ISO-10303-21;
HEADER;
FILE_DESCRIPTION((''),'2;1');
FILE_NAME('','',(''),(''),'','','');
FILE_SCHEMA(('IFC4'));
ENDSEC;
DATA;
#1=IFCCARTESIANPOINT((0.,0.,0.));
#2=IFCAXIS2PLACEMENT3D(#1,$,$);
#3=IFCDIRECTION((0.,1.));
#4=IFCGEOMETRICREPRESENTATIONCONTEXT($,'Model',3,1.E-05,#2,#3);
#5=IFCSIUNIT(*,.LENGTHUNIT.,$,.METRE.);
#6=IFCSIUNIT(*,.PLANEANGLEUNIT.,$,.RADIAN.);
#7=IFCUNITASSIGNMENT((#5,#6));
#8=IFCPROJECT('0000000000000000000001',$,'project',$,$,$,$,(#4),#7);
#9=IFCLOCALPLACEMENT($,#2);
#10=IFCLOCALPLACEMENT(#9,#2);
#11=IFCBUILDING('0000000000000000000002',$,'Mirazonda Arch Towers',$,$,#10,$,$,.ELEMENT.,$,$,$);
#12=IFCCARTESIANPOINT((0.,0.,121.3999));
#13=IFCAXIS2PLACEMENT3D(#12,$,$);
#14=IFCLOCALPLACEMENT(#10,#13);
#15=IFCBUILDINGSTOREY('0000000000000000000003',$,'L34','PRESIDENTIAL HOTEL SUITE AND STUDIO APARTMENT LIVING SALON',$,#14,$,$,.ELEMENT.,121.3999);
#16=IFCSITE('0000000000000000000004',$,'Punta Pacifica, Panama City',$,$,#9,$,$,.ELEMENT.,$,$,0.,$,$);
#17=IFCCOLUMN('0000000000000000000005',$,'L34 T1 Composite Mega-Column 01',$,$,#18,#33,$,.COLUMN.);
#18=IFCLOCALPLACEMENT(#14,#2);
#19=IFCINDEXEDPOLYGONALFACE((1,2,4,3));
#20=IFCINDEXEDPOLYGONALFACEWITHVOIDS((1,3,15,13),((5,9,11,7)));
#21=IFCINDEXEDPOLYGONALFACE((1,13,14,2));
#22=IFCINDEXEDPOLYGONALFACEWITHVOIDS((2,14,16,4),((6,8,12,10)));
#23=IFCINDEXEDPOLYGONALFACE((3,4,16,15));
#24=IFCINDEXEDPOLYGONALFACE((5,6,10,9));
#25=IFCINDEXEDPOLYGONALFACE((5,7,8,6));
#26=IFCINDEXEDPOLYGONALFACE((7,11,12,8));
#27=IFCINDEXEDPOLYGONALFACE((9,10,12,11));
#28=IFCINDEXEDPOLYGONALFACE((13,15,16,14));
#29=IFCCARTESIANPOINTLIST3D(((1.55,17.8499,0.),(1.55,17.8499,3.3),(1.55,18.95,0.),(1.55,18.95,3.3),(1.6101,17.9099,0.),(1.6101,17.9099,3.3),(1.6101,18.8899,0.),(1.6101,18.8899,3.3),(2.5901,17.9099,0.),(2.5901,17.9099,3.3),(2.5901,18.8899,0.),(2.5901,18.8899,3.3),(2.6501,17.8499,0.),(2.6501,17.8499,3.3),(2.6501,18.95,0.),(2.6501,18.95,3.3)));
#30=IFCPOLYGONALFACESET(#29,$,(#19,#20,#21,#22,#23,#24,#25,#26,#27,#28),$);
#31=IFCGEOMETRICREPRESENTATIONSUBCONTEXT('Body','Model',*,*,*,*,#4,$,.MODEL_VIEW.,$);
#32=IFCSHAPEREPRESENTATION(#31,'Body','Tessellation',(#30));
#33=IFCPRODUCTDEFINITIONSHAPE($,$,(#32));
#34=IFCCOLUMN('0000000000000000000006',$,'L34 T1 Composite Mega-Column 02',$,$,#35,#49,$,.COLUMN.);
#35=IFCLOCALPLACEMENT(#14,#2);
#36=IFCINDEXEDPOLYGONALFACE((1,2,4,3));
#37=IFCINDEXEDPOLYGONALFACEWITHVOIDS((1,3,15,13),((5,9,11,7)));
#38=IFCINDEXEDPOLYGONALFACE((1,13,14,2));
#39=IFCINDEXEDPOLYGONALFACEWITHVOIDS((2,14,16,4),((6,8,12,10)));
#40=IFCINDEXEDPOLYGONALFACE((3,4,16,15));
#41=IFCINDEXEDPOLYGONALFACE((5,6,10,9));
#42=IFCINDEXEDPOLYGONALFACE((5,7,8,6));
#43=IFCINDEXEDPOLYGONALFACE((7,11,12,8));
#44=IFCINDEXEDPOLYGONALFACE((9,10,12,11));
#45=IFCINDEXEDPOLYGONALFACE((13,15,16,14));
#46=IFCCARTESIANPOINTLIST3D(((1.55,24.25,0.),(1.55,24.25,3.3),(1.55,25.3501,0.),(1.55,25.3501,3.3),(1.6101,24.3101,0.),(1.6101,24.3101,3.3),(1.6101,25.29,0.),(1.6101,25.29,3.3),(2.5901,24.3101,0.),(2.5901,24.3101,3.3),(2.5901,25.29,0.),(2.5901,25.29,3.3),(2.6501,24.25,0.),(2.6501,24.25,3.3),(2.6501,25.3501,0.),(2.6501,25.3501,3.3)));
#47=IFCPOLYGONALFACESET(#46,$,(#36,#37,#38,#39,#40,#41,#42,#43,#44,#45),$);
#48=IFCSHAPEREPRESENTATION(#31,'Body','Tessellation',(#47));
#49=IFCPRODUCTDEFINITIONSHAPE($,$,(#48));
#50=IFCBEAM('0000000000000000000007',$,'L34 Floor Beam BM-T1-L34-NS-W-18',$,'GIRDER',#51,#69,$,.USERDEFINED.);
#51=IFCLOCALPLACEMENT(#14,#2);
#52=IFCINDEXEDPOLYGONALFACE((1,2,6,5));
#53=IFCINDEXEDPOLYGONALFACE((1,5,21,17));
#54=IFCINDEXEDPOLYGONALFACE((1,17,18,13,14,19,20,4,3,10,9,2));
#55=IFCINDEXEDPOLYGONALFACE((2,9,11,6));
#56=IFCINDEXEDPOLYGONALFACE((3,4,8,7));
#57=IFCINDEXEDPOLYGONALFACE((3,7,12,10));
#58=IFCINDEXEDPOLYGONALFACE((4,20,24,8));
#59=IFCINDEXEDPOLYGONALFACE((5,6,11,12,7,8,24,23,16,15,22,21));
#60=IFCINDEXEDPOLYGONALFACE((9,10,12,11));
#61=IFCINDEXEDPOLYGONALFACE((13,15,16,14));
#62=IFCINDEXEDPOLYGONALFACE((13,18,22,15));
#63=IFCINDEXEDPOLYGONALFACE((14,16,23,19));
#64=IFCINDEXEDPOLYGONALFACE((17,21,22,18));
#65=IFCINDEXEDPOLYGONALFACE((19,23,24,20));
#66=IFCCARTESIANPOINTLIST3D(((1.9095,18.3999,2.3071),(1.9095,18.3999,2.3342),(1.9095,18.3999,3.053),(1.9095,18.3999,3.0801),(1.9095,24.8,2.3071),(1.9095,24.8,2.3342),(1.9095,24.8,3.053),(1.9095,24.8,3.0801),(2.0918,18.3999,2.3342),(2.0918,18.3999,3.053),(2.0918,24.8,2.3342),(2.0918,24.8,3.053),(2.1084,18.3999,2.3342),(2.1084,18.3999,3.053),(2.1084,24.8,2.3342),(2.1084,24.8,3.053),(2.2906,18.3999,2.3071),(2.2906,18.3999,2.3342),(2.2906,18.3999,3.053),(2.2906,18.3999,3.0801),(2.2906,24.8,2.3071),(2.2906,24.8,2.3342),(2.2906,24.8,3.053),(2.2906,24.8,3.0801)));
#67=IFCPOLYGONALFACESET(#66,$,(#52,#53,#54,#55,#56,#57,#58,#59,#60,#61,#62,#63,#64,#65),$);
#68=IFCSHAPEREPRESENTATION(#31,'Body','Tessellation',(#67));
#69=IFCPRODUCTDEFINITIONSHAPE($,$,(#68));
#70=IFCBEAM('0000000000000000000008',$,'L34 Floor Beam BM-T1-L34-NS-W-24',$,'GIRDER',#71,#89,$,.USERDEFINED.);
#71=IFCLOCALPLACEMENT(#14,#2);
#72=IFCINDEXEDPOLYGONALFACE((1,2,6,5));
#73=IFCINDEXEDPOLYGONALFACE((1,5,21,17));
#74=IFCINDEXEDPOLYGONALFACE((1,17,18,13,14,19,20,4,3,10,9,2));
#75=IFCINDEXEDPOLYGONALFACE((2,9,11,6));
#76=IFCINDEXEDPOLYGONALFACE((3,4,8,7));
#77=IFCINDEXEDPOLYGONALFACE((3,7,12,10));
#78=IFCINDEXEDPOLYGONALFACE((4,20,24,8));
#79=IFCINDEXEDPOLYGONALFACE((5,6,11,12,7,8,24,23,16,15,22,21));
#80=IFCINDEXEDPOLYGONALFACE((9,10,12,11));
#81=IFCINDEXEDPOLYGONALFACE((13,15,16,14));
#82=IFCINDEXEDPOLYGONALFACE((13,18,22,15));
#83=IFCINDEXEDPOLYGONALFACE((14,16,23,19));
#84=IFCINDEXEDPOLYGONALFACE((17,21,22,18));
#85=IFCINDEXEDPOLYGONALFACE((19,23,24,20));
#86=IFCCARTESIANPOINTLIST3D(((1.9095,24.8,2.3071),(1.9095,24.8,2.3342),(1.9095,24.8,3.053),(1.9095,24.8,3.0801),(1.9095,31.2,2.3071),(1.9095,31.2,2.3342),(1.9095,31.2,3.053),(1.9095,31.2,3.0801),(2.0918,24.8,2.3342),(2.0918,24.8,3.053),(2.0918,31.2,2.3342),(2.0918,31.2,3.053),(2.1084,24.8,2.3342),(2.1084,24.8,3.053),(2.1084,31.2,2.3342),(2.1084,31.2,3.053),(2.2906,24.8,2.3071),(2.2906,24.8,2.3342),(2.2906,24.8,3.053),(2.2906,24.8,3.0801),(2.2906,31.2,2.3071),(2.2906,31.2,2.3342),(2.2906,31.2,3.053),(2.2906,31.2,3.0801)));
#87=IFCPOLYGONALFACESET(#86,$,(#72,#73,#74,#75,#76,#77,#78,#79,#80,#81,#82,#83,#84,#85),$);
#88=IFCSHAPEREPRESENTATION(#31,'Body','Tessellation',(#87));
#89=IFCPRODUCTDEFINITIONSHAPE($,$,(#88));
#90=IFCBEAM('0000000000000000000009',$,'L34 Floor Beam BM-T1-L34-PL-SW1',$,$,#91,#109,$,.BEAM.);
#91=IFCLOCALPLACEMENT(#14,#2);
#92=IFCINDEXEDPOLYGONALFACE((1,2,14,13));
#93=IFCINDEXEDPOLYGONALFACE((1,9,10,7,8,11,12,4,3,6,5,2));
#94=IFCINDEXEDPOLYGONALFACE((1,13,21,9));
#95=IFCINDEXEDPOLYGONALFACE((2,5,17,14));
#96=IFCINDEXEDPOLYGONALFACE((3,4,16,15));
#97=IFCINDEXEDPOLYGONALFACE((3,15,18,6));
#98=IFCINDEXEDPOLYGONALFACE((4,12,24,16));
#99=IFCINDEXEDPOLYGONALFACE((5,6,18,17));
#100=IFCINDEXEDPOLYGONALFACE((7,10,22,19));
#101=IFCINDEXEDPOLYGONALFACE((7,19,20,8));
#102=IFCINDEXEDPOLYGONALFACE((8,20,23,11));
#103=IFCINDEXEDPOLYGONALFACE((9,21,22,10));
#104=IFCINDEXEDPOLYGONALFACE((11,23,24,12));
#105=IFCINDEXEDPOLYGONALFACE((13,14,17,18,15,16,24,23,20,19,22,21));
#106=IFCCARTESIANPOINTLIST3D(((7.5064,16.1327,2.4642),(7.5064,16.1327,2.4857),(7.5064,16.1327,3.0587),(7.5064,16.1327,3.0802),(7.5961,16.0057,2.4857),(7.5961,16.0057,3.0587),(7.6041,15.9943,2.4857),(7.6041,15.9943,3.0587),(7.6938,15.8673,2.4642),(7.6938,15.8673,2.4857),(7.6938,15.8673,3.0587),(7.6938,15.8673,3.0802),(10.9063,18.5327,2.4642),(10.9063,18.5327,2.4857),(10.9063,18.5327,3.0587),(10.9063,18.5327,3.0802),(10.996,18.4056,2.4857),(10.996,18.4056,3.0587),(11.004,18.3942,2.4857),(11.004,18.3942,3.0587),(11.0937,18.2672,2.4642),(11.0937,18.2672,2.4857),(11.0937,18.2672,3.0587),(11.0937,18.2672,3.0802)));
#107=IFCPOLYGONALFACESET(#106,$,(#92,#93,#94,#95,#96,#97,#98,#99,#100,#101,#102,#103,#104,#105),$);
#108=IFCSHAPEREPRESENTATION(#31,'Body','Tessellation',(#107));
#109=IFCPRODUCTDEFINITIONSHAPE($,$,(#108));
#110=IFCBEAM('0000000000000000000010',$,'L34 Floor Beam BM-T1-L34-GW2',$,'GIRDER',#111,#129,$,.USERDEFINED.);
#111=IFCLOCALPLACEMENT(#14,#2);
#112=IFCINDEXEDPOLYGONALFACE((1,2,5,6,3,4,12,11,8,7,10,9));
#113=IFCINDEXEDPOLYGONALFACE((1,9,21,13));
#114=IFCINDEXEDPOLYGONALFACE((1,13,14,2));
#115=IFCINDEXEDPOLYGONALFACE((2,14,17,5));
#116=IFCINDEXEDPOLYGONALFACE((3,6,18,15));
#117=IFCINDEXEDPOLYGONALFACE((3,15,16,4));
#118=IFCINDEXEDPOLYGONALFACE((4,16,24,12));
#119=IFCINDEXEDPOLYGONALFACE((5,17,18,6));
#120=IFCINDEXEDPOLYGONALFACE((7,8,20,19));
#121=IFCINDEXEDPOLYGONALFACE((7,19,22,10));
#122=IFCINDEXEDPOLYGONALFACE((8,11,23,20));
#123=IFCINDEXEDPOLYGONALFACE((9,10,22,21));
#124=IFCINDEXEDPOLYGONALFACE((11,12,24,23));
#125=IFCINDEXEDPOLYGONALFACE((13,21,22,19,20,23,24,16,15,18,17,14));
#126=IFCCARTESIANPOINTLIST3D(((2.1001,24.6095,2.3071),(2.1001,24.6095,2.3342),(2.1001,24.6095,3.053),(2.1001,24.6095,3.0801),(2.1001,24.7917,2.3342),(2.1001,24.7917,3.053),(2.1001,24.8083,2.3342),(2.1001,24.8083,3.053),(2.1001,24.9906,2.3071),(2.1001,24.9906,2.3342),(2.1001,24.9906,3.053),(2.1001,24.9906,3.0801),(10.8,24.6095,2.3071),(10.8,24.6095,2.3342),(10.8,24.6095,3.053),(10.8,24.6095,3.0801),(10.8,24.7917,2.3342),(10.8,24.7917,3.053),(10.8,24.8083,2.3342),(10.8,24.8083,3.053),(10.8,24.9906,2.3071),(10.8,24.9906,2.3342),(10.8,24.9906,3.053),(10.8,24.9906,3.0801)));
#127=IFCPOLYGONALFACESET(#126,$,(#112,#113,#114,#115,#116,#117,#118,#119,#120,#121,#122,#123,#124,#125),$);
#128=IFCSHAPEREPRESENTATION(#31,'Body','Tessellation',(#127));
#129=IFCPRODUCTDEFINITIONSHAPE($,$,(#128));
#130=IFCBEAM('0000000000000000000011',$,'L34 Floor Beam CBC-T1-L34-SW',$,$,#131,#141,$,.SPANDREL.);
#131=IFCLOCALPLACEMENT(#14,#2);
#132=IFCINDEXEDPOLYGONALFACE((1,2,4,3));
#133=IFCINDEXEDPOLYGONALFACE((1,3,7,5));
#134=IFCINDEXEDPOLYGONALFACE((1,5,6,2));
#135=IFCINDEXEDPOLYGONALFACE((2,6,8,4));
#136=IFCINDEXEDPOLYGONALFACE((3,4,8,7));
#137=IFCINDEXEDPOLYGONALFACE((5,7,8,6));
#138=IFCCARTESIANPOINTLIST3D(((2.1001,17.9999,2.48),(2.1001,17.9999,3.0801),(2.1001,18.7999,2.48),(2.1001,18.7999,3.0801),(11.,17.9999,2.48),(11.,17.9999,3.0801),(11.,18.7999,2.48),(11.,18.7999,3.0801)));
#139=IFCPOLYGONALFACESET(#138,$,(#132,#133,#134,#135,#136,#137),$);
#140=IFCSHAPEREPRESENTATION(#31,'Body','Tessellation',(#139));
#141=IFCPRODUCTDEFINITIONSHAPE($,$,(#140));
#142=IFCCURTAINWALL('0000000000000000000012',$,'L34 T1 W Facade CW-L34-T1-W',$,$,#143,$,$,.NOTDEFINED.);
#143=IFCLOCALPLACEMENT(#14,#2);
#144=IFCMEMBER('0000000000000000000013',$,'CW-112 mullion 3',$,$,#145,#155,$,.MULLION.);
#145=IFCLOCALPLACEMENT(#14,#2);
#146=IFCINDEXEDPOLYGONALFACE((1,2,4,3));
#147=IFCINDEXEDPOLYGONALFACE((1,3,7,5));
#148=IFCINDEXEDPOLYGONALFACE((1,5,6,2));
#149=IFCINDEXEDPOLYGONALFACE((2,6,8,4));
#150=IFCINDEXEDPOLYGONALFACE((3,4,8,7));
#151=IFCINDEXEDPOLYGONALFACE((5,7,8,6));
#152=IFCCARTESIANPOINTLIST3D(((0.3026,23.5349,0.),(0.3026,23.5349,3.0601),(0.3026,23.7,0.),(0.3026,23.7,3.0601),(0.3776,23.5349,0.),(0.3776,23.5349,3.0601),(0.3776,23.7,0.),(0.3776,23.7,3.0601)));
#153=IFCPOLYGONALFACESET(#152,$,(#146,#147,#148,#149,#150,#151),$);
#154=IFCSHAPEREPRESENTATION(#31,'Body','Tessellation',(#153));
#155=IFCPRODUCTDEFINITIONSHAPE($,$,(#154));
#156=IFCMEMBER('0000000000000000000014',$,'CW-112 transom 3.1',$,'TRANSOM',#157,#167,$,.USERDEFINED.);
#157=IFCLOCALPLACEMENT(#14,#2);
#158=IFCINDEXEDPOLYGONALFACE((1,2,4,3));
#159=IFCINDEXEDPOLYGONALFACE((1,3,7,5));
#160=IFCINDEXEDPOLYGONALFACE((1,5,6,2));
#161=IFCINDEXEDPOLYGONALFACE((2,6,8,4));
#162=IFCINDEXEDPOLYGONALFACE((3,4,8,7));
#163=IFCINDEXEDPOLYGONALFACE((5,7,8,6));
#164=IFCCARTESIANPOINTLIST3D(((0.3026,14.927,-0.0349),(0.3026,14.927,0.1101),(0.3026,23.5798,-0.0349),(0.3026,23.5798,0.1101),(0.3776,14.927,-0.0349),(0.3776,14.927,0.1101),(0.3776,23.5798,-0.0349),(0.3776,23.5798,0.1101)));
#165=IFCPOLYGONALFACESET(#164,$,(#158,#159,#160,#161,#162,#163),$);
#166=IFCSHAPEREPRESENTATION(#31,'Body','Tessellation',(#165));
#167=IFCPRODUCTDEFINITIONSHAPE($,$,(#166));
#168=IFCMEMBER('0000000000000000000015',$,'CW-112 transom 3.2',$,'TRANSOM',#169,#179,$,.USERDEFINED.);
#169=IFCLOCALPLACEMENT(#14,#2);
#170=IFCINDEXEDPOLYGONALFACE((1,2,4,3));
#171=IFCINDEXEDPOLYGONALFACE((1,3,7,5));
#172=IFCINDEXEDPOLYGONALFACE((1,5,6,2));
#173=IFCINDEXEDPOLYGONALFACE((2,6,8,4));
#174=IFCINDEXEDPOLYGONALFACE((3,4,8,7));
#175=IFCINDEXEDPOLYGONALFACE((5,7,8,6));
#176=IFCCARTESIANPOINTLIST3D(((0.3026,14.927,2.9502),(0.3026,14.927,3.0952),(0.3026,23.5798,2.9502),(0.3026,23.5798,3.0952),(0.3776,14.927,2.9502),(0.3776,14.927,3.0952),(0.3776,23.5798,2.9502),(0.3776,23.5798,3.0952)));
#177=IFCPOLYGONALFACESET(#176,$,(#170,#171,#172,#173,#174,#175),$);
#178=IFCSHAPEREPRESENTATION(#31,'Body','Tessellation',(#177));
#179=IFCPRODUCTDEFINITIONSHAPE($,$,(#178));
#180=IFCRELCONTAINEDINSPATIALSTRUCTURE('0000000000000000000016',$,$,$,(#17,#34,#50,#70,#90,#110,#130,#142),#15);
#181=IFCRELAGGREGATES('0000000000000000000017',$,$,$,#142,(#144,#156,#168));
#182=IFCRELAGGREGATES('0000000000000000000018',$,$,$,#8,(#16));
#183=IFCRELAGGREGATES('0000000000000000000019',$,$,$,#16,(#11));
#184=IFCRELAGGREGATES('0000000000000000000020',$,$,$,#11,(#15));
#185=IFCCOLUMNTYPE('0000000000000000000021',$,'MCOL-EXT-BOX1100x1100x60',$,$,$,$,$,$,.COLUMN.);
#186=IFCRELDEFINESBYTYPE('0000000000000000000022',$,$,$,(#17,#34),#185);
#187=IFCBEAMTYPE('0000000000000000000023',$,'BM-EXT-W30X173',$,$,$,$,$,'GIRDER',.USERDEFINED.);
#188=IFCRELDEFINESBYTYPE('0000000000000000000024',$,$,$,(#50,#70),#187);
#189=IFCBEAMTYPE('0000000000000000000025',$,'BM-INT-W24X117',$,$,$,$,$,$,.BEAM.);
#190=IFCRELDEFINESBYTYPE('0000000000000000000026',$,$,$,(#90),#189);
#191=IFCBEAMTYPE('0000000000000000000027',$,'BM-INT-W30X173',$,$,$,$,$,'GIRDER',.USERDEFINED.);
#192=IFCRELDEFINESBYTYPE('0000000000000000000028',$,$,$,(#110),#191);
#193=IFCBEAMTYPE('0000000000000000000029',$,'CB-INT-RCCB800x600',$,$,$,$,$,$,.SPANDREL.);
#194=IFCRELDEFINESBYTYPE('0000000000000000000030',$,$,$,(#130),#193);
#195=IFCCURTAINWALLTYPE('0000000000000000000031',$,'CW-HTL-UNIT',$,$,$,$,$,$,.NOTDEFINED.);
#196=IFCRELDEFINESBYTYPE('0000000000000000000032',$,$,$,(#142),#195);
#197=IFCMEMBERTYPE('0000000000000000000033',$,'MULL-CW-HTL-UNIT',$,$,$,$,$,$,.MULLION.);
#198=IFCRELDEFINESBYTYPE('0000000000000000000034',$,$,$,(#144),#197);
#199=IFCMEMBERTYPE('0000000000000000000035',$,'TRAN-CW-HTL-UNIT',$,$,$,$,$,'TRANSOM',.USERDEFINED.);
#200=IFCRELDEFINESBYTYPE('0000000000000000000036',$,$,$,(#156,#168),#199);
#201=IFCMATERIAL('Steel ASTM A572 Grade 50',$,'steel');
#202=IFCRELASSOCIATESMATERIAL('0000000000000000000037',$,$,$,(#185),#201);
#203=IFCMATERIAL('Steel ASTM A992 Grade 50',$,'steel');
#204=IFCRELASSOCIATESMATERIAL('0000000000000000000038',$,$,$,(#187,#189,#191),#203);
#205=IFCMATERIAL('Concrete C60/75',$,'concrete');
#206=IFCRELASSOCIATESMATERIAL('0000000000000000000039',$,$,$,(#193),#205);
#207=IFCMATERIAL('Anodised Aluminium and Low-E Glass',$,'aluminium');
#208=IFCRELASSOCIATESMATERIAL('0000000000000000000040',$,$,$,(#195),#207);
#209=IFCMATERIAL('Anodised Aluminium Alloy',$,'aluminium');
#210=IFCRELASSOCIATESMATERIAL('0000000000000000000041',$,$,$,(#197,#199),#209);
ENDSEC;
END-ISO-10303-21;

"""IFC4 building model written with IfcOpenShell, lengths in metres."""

from ifc_helpers import new_model, si_unit, direction, frame, origin, origin_2d, place, context, subcontext, project, spatial, rectangle, hollow_rectangle, i_section, extrude, material, material_profile, profile_set, type_object, element, aggregate, save


model = new_model("IFC4")

# Units and contexts
model_context = context("Model", 3, precision=1e-05, world=origin(), true_north=direction((0.0, 1.0)))
body_context = subcontext(model_context, "Body", "Model", "MODEL_VIEW")
ifc_project = project(units=[si_unit("LENGTHUNIT", "METRE"), si_unit("PLANEANGLEUNIT", "RADIAN")], contexts=[model_context])

# Site, building, storey
site_placement = place(None, origin())
site = spatial("IfcSite", under=ifc_project, at=site_placement, Name="Punta Pacifica, Panama City", CompositionType="ELEMENT", RefElevation=0.0)
building_placement = place(site_placement, origin())
building = spatial("IfcBuilding", under=site, at=building_placement, Name="Mirazonda Arch Towers", CompositionType="ELEMENT")
storey_placement = place(building_placement, frame((0.0, 0.0, 121.3999)))
storey = spatial("IfcBuildingStorey", under=building, at=storey_placement, Name="L34", Description="PRESIDENTIAL HOTEL SUITE AND STUDIO APARTMENT LIVING SALON", CompositionType="ELEMENT", Elevation=121.3999)

# Columns
ifc_material_1 = material(Name="Steel ASTM A572 Grade 50", Category="steel")
ifc_material_profile_1 = material_profile(ifc_material_1, hollow_rectangle(XDim=1.1001, YDim=1.1001, WallThickness=0.0601, at=origin_2d()), Name="BOX1100x1100x60")
ifc_profile_set_1 = profile_set([ifc_material_profile_1], Name="Steel ASTM A572 Grade 50")
column_type = type_object("IfcColumnType", Name="MCOL-EXT-BOX1100x1100x60", PredefinedType="COLUMN", material=ifc_profile_set_1)
for number, where, z_axis, x_axis, name in (
    (1, (2.1001, 18.3999, 0.0), (0.0, 0.0, 1.0), (1.0, 0.0, 0.0), "L34 T1 Composite Mega-Column 01"),
    (2, (2.1001, 24.8, 0.0), (0.0, 0.0, 1.0), (1.0, 0.0, 0.0), "L34 T1 Composite Mega-Column 02"),
):
    element("IfcColumn", number, at=place(storey_placement, frame(where, z_axis=z_axis, x_axis=x_axis)), inside=storey, type_object=column_type, Name=name, PredefinedType="COLUMN", context=body_context, shape_type="SweptSolid", body=[
        extrude(hollow_rectangle(XDim=1.1001, YDim=1.1001, WallThickness=0.0601, at=origin_2d()), origin(), (0.0, 0.0, 1.0), 3.3),
    ])

# Beams
ifc_material_2 = material(Name="Steel ASTM A992 Grade 50", Category="steel")
ifc_material_profile_2 = material_profile(ifc_material_2, i_section(OverallWidth=0.3811, OverallDepth=0.7729, WebThickness=0.0166, FlangeThickness=0.0271, at=origin_2d()), Name="W30X173")
ifc_profile_set_2 = profile_set([ifc_material_profile_2], Name="Steel ASTM A992 Grade 50")
beam_type_1 = type_object("IfcBeamType", Name="BM-EXT-W30X173", ElementType="GIRDER", PredefinedType="USERDEFINED", material=ifc_profile_set_2)
beam_1_placement = place(storey_placement, frame((2.1001, 18.3999, 2.6936), z_axis=(0.0, 1.0, 0.0), x_axis=(-1.0, 0.0, 0.0)))
element("IfcBeam", 3, at=beam_1_placement, inside=storey, type_object=beam_type_1, Name="L34 Floor Beam BM-T1-L34-NS-W-18", ObjectType="GIRDER", PredefinedType="USERDEFINED", context=body_context, shape_type="SweptSolid", body=[
    extrude(i_section(OverallWidth=0.3811, OverallDepth=0.7729, WebThickness=0.0166, FlangeThickness=0.0271, at=origin_2d()), origin(), (0.0, 0.0, 1.0), 6.4001),
])
beam_2_placement = place(storey_placement, frame((2.1001, 24.8, 2.6936), z_axis=(0.0, 1.0, 0.0), x_axis=(-1.0, 0.0, 0.0)))
element("IfcBeam", 4, at=beam_2_placement, inside=storey, type_object=beam_type_1, Name="L34 Floor Beam BM-T1-L34-NS-W-24", ObjectType="GIRDER", PredefinedType="USERDEFINED", context=body_context, shape_type="SweptSolid", body=[
    extrude(i_section(OverallWidth=0.3811, OverallDepth=0.7729, WebThickness=0.0166, FlangeThickness=0.0271, at=origin_2d()), origin(), (0.0, 0.0, 1.0), 6.3999),
])
ifc_material_profile_3 = material_profile(ifc_material_2, i_section(OverallWidth=0.325, OverallDepth=0.616, WebThickness=0.0139, FlangeThickness=0.0215, at=origin_2d()), Name="W24X117")
ifc_profile_set_3 = profile_set([ifc_material_profile_3], Name="Steel ASTM A992 Grade 50")
beam_type_2 = type_object("IfcBeamType", Name="BM-INT-W24X117", PredefinedType="BEAM", material=ifc_profile_set_3)
beam_3_placement = place(storey_placement, frame((7.6001, 16.0, 2.7722), z_axis=(0.816971, 0.576679, 0.0), x_axis=(-0.576679, 0.816971, 0.0)))
element("IfcBeam", 5, at=beam_3_placement, inside=storey, type_object=beam_type_2, Name="L34 Floor Beam BM-T1-L34-PL-SW1", PredefinedType="BEAM", context=body_context, shape_type="SweptSolid", body=[
    extrude(i_section(OverallWidth=0.325, OverallDepth=0.616, WebThickness=0.0139, FlangeThickness=0.0215, at=origin_2d()), origin(), (0.0, 0.0, 1.0), 4.1616),
])
ifc_material_profile_4 = material_profile(ifc_material_2, i_section(OverallWidth=0.3811, OverallDepth=0.7729, WebThickness=0.0166, FlangeThickness=0.0271, at=origin_2d()), Name="W30X173")
ifc_profile_set_4 = profile_set([ifc_material_profile_4], Name="Steel ASTM A992 Grade 50")
beam_type_3 = type_object("IfcBeamType", Name="BM-INT-W30X173", ElementType="GIRDER", PredefinedType="USERDEFINED", material=ifc_profile_set_4)
beam_4_placement = place(storey_placement, frame((2.1001, 24.8, 2.6936), z_axis=(1.0, 0.0, 0.0), x_axis=(0.0, 1.0, 0.0)))
element("IfcBeam", 6, at=beam_4_placement, inside=storey, type_object=beam_type_3, Name="L34 Floor Beam BM-T1-L34-GW2", ObjectType="GIRDER", PredefinedType="USERDEFINED", context=body_context, shape_type="SweptSolid", body=[
    extrude(i_section(OverallWidth=0.3811, OverallDepth=0.7729, WebThickness=0.0166, FlangeThickness=0.0271, at=origin_2d()), origin(), (0.0, 0.0, 1.0), 8.7),
])
ifc_material_3 = material(Name="Concrete C60/75", Category="concrete")
ifc_material_profile_5 = material_profile(ifc_material_3, rectangle(XDim=0.8, YDim=0.6001, at=origin_2d()), Name="RCCB800x600")
ifc_profile_set_5 = profile_set([ifc_material_profile_5], Name="Concrete C60/75")
beam_type_4 = type_object("IfcBeamType", Name="CB-INT-RCCB800x600", PredefinedType="SPANDREL", material=ifc_profile_set_5)
beam_5_placement = place(storey_placement, frame((2.1001, 18.3999, 2.78), z_axis=(1.0, 0.0, 0.0), x_axis=(0.0, 1.0, 0.0)))
element("IfcBeam", 7, at=beam_5_placement, inside=storey, type_object=beam_type_4, Name="L34 Floor Beam CBC-T1-L34-SW", PredefinedType="SPANDREL", context=body_context, shape_type="SweptSolid", body=[
    extrude(rectangle(XDim=0.8, YDim=0.6001, at=origin_2d()), origin(), (0.0, 0.0, 1.0), 8.8999),
])

# Curtain wall, members
ifc_material_4 = material(Name="Anodised Aluminium and Low-E Glass", Category="aluminium")
curtain_wall_type = type_object("IfcCurtainWallType", Name="CW-HTL-UNIT", PredefinedType="NOTDEFINED", material=ifc_material_4)
curtain_wall_placement = place(storey_placement, origin())
curtain_wall = element("IfcCurtainWall", 8, at=curtain_wall_placement, inside=storey, type_object=curtain_wall_type, Name="L34 T1 W Facade CW-L34-T1-W", PredefinedType="NOTDEFINED")
ifc_material_5 = material(Name="Anodised Aluminium Alloy", Category="aluminium")
ifc_material_profile_6 = material_profile(ifc_material_5, rectangle(XDim=0.075, YDim=0.165, at=origin_2d()), Name="ALU-MULL-75x165")
ifc_profile_set_6 = profile_set([ifc_material_profile_6], Name="Anodised Aluminium Alloy")
member_type_1 = type_object("IfcMemberType", Name="MULL-CW-HTL-UNIT", PredefinedType="MULLION", material=ifc_profile_set_6)
member_1_placement = place(storey_placement, frame((0.3401, 23.6174, 0.0), z_axis=(0.0, 0.0, 1.0), x_axis=(1.0, 0.0, 0.0)))
member_1 = element("IfcMember", 9, at=member_1_placement, type_object=member_type_1, Name="CW-112 mullion 3", PredefinedType="MULLION", context=body_context, shape_type="SweptSolid", body=[
    extrude(rectangle(XDim=0.075, YDim=0.165, at=origin_2d()), origin(), (0.0, 0.0, 1.0), 3.0601),
])
ifc_material_profile_7 = material_profile(ifc_material_5, rectangle(XDim=0.075, YDim=0.145, at=origin_2d()), Name="ALU-TRAN-75x145")
ifc_profile_set_7 = profile_set([ifc_material_profile_7], Name="Anodised Aluminium Alloy")
member_type_2 = type_object("IfcMemberType", Name="TRAN-CW-HTL-UNIT", ElementType="TRANSOM", PredefinedType="USERDEFINED", material=ifc_profile_set_7)
member_2_placement = place(storey_placement, frame((0.3401, 23.5798, 0.0376), z_axis=(0.0, -1.0, 0.0), x_axis=(1.0, 0.0, 0.0)))
member_2 = element("IfcMember", 10, at=member_2_placement, type_object=member_type_2, Name="CW-112 transom 3.1", ObjectType="TRANSOM", PredefinedType="USERDEFINED", context=body_context, shape_type="SweptSolid", body=[
    extrude(rectangle(XDim=0.075, YDim=0.145, at=origin_2d()), origin(), (0.0, 0.0, 1.0), 8.6528),
])
member_3_placement = place(storey_placement, frame((0.3401, 23.5798, 3.0227), z_axis=(0.0, -1.0, 0.0), x_axis=(1.0, 0.0, 0.0)))
member_3 = element("IfcMember", 11, at=member_3_placement, type_object=member_type_2, Name="CW-112 transom 3.2", ObjectType="TRANSOM", PredefinedType="USERDEFINED", context=body_context, shape_type="SweptSolid", body=[
    extrude(rectangle(XDim=0.075, YDim=0.145, at=origin_2d()), origin(), (0.0, 0.0, 1.0), 8.6528),
])
aggregate(curtain_wall, [member_1, member_2, member_3])

save(model, "model.ifc")
